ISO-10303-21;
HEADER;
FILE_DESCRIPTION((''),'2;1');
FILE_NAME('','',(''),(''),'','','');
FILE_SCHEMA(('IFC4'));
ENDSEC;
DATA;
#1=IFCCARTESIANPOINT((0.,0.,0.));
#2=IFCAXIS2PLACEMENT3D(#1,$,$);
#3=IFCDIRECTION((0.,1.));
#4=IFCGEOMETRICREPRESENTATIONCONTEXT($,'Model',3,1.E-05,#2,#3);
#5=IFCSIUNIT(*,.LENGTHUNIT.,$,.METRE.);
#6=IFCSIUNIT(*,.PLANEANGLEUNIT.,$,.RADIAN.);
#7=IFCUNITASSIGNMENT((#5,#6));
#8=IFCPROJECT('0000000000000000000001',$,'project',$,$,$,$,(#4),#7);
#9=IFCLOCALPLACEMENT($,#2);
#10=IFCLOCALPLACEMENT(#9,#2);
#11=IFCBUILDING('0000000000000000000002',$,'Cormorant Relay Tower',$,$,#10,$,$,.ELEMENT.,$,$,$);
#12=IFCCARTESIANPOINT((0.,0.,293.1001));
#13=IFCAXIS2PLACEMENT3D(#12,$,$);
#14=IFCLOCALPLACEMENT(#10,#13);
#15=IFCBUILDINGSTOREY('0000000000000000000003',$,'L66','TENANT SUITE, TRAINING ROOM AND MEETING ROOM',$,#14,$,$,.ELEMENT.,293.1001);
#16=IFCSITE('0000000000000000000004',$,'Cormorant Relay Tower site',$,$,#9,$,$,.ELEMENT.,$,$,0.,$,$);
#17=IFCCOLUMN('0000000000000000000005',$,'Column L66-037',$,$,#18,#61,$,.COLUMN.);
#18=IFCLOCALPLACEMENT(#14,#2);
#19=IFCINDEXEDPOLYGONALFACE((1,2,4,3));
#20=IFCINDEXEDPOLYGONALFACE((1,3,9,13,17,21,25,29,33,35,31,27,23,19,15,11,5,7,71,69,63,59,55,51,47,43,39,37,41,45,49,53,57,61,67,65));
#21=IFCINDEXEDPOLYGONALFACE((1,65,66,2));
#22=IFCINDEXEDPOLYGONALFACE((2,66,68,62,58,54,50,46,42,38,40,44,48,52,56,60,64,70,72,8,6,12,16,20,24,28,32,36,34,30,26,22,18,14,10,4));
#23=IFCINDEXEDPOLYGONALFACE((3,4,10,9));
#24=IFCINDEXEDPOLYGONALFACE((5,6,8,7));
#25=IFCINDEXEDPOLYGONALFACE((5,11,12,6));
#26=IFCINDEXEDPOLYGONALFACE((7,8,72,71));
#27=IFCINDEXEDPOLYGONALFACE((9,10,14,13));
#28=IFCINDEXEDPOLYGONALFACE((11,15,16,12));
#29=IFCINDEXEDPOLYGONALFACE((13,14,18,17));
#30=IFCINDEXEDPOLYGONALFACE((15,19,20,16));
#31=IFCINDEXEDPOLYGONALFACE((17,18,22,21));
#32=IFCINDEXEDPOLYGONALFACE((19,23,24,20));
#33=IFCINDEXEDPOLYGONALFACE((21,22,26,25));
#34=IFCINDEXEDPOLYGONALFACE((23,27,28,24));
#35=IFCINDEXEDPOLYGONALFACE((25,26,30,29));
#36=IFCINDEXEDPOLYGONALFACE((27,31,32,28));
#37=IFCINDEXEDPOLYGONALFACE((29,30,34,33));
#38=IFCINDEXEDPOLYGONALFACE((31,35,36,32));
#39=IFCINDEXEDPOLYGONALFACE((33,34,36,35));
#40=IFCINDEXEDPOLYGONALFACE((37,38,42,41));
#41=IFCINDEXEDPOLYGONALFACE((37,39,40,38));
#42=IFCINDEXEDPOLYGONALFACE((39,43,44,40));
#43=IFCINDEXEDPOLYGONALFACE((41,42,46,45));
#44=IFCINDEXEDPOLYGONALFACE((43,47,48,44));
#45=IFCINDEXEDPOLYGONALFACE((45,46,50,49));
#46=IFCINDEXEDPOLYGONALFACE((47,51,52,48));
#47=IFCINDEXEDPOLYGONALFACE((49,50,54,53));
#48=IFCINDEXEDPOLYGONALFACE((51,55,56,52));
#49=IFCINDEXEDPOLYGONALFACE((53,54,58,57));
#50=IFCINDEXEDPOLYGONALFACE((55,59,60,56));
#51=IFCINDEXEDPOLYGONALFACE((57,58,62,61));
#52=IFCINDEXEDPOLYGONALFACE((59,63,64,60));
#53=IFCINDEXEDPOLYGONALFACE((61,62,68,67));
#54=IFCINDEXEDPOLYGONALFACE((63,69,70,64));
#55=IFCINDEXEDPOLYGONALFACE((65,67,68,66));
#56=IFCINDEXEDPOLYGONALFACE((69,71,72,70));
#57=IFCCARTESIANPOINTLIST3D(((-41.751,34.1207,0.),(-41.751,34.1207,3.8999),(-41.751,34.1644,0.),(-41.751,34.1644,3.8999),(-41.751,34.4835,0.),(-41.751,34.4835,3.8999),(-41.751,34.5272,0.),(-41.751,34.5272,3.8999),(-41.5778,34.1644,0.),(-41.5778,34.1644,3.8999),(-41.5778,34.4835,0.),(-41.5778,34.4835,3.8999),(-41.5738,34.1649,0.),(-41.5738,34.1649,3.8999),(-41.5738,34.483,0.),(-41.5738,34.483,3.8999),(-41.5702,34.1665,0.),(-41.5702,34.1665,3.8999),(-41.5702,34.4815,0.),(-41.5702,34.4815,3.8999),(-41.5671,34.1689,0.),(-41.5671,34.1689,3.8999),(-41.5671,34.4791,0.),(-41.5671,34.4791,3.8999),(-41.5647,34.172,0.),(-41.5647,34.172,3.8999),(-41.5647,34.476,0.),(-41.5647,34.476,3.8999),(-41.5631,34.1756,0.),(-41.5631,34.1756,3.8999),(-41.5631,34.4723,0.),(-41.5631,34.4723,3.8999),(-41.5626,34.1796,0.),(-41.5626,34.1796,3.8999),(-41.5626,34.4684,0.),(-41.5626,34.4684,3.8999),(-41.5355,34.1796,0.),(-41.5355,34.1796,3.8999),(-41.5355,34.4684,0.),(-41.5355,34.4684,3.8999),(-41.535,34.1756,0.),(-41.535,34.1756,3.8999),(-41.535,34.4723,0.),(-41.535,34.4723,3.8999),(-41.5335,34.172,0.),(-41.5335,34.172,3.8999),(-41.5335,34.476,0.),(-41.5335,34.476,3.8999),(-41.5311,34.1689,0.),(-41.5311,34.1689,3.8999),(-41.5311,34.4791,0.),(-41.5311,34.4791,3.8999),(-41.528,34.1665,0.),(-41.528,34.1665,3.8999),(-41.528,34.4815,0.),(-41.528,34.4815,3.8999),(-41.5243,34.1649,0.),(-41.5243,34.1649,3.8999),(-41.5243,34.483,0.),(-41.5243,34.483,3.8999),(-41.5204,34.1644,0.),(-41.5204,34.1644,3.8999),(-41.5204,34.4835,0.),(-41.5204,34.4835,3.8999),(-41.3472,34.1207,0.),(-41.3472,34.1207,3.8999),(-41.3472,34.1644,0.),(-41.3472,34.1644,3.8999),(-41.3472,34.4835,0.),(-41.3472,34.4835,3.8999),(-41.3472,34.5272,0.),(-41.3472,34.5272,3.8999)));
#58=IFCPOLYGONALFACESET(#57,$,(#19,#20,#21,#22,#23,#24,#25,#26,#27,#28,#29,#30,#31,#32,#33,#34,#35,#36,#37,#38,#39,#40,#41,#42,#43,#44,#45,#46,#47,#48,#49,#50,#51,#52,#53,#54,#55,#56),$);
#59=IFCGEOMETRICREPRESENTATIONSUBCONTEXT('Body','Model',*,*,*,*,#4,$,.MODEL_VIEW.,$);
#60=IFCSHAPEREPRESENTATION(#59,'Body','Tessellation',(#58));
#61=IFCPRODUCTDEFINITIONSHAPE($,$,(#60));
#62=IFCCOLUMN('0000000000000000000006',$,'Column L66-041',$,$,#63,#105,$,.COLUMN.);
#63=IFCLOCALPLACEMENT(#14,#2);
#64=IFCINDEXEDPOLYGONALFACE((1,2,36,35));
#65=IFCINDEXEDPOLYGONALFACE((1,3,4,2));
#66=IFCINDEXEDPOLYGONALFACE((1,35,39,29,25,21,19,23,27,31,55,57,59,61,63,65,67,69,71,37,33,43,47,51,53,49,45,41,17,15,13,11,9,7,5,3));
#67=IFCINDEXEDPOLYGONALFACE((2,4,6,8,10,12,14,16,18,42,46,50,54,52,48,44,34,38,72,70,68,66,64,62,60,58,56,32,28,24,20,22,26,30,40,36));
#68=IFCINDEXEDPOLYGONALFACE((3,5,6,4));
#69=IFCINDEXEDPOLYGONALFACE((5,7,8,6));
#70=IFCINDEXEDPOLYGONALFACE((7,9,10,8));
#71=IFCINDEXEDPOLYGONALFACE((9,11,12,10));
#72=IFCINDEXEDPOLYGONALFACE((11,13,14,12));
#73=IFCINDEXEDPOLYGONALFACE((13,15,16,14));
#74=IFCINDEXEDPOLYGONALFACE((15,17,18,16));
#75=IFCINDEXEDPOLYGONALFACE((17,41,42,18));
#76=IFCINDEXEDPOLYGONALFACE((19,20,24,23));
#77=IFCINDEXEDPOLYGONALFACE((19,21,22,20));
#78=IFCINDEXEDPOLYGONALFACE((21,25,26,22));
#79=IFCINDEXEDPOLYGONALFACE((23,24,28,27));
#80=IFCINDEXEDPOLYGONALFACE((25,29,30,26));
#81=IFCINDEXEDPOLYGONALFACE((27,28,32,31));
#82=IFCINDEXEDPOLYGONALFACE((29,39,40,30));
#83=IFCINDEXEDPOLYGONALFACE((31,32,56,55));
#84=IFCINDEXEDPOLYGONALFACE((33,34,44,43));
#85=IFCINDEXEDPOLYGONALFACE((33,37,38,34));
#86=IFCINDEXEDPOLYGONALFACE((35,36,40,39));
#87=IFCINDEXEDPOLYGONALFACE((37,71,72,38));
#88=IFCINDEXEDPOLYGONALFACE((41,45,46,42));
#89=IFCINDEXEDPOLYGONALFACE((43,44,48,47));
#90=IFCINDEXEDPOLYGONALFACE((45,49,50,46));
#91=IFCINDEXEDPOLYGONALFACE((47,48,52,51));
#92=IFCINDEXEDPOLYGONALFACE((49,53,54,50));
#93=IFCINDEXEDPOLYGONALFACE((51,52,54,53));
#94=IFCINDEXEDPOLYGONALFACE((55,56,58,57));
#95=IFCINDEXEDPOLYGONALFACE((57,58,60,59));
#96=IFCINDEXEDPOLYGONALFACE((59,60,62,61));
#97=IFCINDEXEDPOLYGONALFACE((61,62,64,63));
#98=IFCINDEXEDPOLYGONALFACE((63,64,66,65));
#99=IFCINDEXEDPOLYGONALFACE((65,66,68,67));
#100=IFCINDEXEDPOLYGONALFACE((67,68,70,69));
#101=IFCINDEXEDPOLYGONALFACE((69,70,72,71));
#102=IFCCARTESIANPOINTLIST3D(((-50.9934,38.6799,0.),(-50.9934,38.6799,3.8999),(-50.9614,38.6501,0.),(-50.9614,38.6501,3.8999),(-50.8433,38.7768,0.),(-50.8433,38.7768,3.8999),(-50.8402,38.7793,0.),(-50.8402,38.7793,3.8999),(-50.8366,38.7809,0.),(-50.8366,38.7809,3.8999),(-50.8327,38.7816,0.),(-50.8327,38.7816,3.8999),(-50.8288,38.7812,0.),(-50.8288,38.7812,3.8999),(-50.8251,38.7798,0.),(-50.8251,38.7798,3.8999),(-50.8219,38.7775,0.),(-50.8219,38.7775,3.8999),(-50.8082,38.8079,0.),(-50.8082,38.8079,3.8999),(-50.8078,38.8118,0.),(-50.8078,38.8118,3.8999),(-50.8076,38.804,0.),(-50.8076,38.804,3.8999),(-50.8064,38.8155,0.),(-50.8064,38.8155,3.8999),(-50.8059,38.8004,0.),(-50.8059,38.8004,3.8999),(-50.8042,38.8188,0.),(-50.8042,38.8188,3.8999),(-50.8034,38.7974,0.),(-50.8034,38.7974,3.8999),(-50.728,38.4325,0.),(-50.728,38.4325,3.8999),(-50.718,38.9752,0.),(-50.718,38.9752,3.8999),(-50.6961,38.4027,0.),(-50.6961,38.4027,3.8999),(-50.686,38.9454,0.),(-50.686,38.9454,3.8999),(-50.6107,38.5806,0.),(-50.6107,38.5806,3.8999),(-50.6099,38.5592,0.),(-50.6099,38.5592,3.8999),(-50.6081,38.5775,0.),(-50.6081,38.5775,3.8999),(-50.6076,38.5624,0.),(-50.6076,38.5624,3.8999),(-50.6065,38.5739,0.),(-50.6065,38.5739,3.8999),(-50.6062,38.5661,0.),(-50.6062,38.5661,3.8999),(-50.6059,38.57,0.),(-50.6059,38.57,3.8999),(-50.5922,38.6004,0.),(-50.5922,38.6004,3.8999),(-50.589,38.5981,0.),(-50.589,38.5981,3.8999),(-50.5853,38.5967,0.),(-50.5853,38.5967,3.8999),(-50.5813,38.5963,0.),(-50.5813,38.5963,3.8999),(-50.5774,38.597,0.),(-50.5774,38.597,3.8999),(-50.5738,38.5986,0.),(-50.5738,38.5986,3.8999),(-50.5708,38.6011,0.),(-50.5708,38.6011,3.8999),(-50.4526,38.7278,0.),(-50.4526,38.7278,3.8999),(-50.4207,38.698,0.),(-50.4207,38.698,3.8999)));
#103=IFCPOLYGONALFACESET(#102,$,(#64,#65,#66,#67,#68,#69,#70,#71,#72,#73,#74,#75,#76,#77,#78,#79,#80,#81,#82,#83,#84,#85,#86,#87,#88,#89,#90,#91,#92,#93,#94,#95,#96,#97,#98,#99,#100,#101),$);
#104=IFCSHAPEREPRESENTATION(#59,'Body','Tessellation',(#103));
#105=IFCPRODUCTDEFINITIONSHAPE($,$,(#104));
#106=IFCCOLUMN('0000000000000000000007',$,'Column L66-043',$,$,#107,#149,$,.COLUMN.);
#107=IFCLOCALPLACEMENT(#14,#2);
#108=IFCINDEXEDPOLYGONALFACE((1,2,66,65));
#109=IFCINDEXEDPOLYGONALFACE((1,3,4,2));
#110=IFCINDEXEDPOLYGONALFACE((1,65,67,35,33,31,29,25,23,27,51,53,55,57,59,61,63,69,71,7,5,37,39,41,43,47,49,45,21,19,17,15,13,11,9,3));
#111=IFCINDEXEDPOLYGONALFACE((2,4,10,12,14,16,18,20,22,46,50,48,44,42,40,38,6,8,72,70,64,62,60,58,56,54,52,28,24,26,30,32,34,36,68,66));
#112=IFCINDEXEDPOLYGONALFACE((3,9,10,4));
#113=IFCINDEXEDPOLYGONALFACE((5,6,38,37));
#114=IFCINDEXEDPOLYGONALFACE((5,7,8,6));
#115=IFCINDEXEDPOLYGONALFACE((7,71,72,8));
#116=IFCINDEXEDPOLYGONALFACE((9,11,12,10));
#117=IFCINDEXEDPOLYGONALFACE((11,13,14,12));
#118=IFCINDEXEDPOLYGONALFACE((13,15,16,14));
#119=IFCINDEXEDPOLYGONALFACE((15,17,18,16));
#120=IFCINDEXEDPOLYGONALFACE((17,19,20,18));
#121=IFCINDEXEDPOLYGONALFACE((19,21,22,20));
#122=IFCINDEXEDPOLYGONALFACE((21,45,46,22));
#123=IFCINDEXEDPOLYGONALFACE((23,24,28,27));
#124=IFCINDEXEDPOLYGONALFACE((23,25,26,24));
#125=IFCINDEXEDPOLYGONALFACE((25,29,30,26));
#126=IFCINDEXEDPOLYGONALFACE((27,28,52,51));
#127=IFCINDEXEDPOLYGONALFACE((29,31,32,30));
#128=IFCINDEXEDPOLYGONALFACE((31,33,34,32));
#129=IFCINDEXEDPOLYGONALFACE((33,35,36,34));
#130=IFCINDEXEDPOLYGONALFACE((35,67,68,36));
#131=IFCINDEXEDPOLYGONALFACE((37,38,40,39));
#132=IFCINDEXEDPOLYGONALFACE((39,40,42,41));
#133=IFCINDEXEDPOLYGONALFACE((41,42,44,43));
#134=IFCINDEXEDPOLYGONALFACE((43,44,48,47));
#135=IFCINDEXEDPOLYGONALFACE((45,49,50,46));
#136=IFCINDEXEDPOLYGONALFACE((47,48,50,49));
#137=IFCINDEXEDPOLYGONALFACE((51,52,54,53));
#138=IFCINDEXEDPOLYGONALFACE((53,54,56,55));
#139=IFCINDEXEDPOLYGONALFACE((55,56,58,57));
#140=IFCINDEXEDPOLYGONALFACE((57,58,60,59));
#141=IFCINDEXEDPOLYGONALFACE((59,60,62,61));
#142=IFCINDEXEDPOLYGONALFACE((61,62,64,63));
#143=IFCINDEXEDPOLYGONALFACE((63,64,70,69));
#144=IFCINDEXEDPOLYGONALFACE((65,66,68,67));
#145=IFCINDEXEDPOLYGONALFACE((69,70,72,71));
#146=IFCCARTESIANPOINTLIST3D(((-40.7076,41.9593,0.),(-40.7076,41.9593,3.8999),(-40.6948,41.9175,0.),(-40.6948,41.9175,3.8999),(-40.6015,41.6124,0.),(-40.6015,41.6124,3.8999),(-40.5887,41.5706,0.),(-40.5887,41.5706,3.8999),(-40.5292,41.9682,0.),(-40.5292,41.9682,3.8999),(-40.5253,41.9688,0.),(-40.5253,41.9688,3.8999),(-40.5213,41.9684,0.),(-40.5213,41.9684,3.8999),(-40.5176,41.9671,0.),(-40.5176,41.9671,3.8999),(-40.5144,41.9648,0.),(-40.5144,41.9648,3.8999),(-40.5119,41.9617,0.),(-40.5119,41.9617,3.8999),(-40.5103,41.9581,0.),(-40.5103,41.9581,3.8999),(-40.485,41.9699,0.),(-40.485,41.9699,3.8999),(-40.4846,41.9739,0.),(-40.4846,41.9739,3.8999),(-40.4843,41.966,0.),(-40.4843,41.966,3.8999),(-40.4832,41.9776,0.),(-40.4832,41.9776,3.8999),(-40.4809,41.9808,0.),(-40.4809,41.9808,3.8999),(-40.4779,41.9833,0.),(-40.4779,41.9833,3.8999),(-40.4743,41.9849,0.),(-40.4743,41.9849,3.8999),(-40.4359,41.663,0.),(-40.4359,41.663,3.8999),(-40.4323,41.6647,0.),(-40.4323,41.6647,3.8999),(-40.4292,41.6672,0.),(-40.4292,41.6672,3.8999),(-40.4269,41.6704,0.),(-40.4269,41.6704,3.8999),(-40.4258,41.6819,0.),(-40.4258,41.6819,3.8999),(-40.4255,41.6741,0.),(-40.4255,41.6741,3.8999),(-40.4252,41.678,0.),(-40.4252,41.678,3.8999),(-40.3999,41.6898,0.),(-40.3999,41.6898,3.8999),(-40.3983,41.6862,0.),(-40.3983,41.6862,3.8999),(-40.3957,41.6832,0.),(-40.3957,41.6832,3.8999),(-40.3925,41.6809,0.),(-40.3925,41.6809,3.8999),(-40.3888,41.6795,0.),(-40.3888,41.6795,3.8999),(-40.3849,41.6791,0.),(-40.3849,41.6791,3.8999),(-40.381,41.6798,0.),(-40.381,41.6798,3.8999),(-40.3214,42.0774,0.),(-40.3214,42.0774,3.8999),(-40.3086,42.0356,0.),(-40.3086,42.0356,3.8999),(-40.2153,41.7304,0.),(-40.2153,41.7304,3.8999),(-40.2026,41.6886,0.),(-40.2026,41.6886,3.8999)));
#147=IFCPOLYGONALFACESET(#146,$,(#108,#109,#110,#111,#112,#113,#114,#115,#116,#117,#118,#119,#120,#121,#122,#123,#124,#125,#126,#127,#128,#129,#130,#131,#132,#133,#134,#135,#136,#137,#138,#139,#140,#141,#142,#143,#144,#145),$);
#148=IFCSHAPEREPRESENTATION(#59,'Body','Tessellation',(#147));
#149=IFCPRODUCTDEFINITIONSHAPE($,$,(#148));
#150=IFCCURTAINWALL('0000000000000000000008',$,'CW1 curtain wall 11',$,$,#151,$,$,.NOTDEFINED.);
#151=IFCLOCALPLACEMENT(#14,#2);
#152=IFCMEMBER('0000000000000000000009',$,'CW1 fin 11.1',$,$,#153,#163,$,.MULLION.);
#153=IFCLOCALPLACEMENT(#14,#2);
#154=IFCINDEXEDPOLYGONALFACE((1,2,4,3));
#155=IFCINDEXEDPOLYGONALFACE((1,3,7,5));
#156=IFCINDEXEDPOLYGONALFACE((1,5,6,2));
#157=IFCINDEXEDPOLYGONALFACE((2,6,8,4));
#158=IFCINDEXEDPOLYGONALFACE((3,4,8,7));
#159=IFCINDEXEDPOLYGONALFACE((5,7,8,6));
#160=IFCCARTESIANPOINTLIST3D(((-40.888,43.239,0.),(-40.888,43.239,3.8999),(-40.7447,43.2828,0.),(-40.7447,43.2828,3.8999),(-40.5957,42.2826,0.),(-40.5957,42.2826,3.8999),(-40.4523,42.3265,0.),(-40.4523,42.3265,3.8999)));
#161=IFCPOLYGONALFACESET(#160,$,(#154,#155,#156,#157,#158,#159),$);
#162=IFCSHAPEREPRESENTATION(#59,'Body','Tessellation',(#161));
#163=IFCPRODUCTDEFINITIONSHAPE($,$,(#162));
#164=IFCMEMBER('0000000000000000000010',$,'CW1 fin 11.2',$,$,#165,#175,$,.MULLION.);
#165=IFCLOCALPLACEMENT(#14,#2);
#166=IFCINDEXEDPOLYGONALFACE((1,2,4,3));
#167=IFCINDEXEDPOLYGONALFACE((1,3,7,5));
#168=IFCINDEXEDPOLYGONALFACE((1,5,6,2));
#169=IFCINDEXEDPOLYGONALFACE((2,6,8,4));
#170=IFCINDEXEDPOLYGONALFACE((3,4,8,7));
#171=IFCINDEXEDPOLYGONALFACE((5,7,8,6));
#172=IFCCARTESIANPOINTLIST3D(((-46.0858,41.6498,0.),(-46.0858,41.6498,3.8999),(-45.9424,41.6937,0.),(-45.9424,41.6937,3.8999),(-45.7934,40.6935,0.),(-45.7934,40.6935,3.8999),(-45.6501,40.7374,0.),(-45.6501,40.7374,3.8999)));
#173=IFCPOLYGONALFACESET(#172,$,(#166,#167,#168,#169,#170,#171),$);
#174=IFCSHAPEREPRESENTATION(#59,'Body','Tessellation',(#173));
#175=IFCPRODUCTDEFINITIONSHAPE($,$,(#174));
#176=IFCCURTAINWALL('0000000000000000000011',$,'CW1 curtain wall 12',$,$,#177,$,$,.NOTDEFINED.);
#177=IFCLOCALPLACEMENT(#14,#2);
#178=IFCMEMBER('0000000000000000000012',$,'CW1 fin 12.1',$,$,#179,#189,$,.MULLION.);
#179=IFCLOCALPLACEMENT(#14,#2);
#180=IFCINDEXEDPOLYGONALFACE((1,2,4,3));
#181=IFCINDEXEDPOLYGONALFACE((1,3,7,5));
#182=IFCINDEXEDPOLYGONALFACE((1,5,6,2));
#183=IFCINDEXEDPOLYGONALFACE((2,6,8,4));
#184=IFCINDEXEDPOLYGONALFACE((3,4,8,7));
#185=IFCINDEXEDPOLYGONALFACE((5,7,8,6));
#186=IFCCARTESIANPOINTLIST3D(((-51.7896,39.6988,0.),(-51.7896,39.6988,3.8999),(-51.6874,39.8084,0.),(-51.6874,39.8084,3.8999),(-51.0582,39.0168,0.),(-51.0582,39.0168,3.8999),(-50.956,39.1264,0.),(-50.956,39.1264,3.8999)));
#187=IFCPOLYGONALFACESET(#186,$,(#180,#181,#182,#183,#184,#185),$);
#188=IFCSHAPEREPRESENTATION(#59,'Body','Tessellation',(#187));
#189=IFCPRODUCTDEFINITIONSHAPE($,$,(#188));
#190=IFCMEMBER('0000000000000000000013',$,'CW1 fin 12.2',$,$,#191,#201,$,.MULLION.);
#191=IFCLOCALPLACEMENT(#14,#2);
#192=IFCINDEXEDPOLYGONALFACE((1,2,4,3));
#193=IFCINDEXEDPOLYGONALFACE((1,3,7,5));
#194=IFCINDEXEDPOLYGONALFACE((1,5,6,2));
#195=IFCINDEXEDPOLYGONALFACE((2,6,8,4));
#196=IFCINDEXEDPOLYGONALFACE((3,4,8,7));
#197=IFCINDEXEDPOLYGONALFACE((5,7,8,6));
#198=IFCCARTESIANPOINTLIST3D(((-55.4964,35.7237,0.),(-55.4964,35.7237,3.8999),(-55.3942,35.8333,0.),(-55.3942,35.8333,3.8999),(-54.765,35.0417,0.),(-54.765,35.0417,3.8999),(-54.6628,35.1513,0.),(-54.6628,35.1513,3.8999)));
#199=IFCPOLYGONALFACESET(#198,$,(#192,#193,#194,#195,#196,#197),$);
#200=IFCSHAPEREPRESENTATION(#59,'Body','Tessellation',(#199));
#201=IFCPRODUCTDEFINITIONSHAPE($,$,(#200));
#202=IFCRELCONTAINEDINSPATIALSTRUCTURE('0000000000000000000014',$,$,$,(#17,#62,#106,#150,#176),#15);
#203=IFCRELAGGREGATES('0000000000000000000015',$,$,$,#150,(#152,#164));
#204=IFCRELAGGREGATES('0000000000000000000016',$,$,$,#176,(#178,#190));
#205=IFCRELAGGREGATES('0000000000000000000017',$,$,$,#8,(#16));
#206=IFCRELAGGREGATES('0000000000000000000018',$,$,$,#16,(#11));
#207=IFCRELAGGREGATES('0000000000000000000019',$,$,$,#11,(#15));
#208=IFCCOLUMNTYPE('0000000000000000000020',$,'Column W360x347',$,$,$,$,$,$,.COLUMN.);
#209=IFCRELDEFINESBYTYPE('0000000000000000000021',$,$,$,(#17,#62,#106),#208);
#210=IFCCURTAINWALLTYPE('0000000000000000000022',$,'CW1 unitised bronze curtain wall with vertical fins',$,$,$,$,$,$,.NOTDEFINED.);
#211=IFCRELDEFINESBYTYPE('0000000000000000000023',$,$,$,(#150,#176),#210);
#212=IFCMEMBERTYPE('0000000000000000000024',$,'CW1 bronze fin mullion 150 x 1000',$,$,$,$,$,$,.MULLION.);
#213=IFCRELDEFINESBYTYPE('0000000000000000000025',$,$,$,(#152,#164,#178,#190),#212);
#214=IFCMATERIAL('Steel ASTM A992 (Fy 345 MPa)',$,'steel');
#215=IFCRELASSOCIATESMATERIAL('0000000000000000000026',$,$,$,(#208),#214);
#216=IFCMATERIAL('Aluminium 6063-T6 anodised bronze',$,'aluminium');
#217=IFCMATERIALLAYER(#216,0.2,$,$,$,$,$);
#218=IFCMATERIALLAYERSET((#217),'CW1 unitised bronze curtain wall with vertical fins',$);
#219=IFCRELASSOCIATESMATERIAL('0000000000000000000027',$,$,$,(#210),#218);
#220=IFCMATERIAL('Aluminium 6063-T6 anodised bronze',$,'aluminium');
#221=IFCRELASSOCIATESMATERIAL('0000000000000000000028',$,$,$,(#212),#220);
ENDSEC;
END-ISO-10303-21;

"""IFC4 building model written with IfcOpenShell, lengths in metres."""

from ifc_helpers import new_model, si_unit, direction, frame, origin, origin_2d, place, context, subcontext, project, spatial, rectangle, i_section, extrude, material, layer, layer_set, material_profile, profile_set, type_object, element, aggregate, save


model = new_model("IFC4")

# Units and contexts
model_context = context("Model", 3, precision=1e-05, world=origin(), true_north=direction((0.0, 1.0)))
body_context = subcontext(model_context, "Body", "Model", "MODEL_VIEW")
ifc_project = project(units=[si_unit("LENGTHUNIT", "METRE"), si_unit("PLANEANGLEUNIT", "RADIAN")], contexts=[model_context])

# Site, building, storey
site_placement = place(None, origin())
site = spatial("IfcSite", under=ifc_project, at=site_placement, Name="Cormorant Relay Tower site", CompositionType="ELEMENT", RefElevation=0.0)
building_placement = place(site_placement, origin())
building = spatial("IfcBuilding", under=site, at=building_placement, Name="Cormorant Relay Tower", CompositionType="ELEMENT")
storey_placement = place(building_placement, frame((0.0, 0.0, 293.1001)))
storey = spatial("IfcBuildingStorey", under=building, at=storey_placement, Name="L66", Description="TENANT SUITE, TRAINING ROOM AND MEETING ROOM", CompositionType="ELEMENT", Elevation=293.1001)

# Columns
ifc_material_1 = material(Name="Steel ASTM A992 (Fy 345 MPa)", Category="steel")
ifc_material_profile_1 = material_profile(ifc_material_1, i_section(OverallWidth=0.4038, OverallDepth=0.4065, WebThickness=0.0271, FlangeThickness=0.0437, FilletRadius=0.0151, at=origin_2d()), Name="W360x347")
ifc_profile_set_1 = profile_set([ifc_material_profile_1], Name="Steel ASTM A992 (Fy 345 MPa)")
column_type = type_object("IfcColumnType", Name="Column W360x347", PredefinedType="COLUMN", material=ifc_profile_set_1)
for number, where, z_axis, x_axis, name in (
    (1, (-41.5491, 34.324, 0.0), (0.0, 0.0, 1.0), (1.0, 0.0, 0.0), "Column L66-037"),
    (2, (-50.707, 38.689, 0.0), (0.0, 0.0, 1.0), (-0.681998, -0.731354, 0.0), "Column L66-041"),
    (3, (-40.4551, 41.824, 0.0), (0.0, 0.0, 1.0), (-0.956305, -0.292372, 0.0), "Column L66-043"),
):
    element("IfcColumn", number, at=place(storey_placement, frame(where, z_axis=z_axis, x_axis=x_axis)), inside=storey, type_object=column_type, Name=name, PredefinedType="COLUMN", context=body_context, shape_type="SweptSolid", body=[
        extrude(i_section(OverallWidth=0.4038, OverallDepth=0.4065, WebThickness=0.0271, FlangeThickness=0.0437, FilletRadius=0.0151, at=origin_2d()), origin(), (0.0, 0.0, 1.0), 3.8999),
    ])

# Curtain walls, members
ifc_material_2 = material(Name="Aluminium 6063-T6 anodised bronze", Category="aluminium")
ifc_layer_1 = layer(ifc_material_2, 0.2)
ifc_layer_set_1 = layer_set([ifc_layer_1], Name="CW1 unitised bronze curtain wall with vertical fins")
curtain_wall_type = type_object("IfcCurtainWallType", Name="CW1 unitised bronze curtain wall with vertical fins", PredefinedType="NOTDEFINED", material=ifc_layer_set_1)
curtain_wall_1_placement = place(storey_placement, origin())
curtain_wall_1 = element("IfcCurtainWall", 4, at=curtain_wall_1_placement, inside=storey, type_object=curtain_wall_type, Name="CW1 curtain wall 11", PredefinedType="NOTDEFINED")
ifc_material_3 = material(Name="Aluminium 6063-T6 anodised bronze", Category="aluminium")
ifc_material_profile_2 = material_profile(ifc_material_3, rectangle(XDim=0.1499, YDim=1.0, at=origin_2d()), Name="AL 150x1000")
ifc_profile_set_2 = profile_set([ifc_material_profile_2], Name="Aluminium 6063-T6 anodised bronze")
member_type_1 = type_object("IfcMemberType", Name="CW1 bronze fin mullion 150 x 1000", PredefinedType="MULLION", material=ifc_profile_set_2)
member_1_placement = place(storey_placement, frame((-40.6702, 42.7827, 0.0), z_axis=(0.0, 0.0, 1.0), x_axis=(-0.956305, -0.292372, 0.0)))
member_1 = element("IfcMember", 5, at=member_1_placement, type_object=member_type_1, Name="CW1 fin 11.1", PredefinedType="MULLION", context=body_context, shape_type="SweptSolid", body=[
    extrude(rectangle(XDim=0.1499, YDim=1.0, at=origin_2d()), origin(), (0.0, 0.0, 1.0), 3.8999),
])
member_2_placement = place(storey_placement, frame((-45.8679, 41.1936, 0.0), z_axis=(0.0, 0.0, 1.0), x_axis=(-0.956305, -0.292372, 0.0)))
member_2 = element("IfcMember", 6, at=member_2_placement, type_object=member_type_1, Name="CW1 fin 11.2", PredefinedType="MULLION", context=body_context, shape_type="SweptSolid", body=[
    extrude(rectangle(XDim=0.1499, YDim=1.0, at=origin_2d()), origin(), (0.0, 0.0, 1.0), 3.8999),
])
curtain_wall_2_placement = place(storey_placement, origin())
curtain_wall_2 = element("IfcCurtainWall", 7, at=curtain_wall_2_placement, inside=storey, type_object=curtain_wall_type, Name="CW1 curtain wall 12", PredefinedType="NOTDEFINED")
member_3_placement = place(storey_placement, frame((-51.3728, 39.4126, 0.0), z_axis=(0.0, 0.0, 1.0), x_axis=(-0.681998, -0.731354, 0.0)))
member_3 = element("IfcMember", 8, at=member_3_placement, type_object=member_type_1, Name="CW1 fin 12.1", PredefinedType="MULLION", context=body_context, shape_type="SweptSolid", body=[
    extrude(rectangle(XDim=0.1499, YDim=1.0, at=origin_2d()), origin(), (0.0, 0.0, 1.0), 3.8999),
])
member_4_placement = place(storey_placement, frame((-55.0796, 35.4375, 0.0), z_axis=(0.0, 0.0, 1.0), x_axis=(-0.681998, -0.731354, 0.0)))
member_4 = element("IfcMember", 9, at=member_4_placement, type_object=member_type_1, Name="CW1 fin 12.2", PredefinedType="MULLION", context=body_context, shape_type="SweptSolid", body=[
    extrude(rectangle(XDim=0.1499, YDim=1.0, at=origin_2d()), origin(), (0.0, 0.0, 1.0), 3.8999),
])

aggregate(curtain_wall_1, [member_1, member_2])
aggregate(curtain_wall_2, [member_3, member_4])

save(model, "model.ifc")
